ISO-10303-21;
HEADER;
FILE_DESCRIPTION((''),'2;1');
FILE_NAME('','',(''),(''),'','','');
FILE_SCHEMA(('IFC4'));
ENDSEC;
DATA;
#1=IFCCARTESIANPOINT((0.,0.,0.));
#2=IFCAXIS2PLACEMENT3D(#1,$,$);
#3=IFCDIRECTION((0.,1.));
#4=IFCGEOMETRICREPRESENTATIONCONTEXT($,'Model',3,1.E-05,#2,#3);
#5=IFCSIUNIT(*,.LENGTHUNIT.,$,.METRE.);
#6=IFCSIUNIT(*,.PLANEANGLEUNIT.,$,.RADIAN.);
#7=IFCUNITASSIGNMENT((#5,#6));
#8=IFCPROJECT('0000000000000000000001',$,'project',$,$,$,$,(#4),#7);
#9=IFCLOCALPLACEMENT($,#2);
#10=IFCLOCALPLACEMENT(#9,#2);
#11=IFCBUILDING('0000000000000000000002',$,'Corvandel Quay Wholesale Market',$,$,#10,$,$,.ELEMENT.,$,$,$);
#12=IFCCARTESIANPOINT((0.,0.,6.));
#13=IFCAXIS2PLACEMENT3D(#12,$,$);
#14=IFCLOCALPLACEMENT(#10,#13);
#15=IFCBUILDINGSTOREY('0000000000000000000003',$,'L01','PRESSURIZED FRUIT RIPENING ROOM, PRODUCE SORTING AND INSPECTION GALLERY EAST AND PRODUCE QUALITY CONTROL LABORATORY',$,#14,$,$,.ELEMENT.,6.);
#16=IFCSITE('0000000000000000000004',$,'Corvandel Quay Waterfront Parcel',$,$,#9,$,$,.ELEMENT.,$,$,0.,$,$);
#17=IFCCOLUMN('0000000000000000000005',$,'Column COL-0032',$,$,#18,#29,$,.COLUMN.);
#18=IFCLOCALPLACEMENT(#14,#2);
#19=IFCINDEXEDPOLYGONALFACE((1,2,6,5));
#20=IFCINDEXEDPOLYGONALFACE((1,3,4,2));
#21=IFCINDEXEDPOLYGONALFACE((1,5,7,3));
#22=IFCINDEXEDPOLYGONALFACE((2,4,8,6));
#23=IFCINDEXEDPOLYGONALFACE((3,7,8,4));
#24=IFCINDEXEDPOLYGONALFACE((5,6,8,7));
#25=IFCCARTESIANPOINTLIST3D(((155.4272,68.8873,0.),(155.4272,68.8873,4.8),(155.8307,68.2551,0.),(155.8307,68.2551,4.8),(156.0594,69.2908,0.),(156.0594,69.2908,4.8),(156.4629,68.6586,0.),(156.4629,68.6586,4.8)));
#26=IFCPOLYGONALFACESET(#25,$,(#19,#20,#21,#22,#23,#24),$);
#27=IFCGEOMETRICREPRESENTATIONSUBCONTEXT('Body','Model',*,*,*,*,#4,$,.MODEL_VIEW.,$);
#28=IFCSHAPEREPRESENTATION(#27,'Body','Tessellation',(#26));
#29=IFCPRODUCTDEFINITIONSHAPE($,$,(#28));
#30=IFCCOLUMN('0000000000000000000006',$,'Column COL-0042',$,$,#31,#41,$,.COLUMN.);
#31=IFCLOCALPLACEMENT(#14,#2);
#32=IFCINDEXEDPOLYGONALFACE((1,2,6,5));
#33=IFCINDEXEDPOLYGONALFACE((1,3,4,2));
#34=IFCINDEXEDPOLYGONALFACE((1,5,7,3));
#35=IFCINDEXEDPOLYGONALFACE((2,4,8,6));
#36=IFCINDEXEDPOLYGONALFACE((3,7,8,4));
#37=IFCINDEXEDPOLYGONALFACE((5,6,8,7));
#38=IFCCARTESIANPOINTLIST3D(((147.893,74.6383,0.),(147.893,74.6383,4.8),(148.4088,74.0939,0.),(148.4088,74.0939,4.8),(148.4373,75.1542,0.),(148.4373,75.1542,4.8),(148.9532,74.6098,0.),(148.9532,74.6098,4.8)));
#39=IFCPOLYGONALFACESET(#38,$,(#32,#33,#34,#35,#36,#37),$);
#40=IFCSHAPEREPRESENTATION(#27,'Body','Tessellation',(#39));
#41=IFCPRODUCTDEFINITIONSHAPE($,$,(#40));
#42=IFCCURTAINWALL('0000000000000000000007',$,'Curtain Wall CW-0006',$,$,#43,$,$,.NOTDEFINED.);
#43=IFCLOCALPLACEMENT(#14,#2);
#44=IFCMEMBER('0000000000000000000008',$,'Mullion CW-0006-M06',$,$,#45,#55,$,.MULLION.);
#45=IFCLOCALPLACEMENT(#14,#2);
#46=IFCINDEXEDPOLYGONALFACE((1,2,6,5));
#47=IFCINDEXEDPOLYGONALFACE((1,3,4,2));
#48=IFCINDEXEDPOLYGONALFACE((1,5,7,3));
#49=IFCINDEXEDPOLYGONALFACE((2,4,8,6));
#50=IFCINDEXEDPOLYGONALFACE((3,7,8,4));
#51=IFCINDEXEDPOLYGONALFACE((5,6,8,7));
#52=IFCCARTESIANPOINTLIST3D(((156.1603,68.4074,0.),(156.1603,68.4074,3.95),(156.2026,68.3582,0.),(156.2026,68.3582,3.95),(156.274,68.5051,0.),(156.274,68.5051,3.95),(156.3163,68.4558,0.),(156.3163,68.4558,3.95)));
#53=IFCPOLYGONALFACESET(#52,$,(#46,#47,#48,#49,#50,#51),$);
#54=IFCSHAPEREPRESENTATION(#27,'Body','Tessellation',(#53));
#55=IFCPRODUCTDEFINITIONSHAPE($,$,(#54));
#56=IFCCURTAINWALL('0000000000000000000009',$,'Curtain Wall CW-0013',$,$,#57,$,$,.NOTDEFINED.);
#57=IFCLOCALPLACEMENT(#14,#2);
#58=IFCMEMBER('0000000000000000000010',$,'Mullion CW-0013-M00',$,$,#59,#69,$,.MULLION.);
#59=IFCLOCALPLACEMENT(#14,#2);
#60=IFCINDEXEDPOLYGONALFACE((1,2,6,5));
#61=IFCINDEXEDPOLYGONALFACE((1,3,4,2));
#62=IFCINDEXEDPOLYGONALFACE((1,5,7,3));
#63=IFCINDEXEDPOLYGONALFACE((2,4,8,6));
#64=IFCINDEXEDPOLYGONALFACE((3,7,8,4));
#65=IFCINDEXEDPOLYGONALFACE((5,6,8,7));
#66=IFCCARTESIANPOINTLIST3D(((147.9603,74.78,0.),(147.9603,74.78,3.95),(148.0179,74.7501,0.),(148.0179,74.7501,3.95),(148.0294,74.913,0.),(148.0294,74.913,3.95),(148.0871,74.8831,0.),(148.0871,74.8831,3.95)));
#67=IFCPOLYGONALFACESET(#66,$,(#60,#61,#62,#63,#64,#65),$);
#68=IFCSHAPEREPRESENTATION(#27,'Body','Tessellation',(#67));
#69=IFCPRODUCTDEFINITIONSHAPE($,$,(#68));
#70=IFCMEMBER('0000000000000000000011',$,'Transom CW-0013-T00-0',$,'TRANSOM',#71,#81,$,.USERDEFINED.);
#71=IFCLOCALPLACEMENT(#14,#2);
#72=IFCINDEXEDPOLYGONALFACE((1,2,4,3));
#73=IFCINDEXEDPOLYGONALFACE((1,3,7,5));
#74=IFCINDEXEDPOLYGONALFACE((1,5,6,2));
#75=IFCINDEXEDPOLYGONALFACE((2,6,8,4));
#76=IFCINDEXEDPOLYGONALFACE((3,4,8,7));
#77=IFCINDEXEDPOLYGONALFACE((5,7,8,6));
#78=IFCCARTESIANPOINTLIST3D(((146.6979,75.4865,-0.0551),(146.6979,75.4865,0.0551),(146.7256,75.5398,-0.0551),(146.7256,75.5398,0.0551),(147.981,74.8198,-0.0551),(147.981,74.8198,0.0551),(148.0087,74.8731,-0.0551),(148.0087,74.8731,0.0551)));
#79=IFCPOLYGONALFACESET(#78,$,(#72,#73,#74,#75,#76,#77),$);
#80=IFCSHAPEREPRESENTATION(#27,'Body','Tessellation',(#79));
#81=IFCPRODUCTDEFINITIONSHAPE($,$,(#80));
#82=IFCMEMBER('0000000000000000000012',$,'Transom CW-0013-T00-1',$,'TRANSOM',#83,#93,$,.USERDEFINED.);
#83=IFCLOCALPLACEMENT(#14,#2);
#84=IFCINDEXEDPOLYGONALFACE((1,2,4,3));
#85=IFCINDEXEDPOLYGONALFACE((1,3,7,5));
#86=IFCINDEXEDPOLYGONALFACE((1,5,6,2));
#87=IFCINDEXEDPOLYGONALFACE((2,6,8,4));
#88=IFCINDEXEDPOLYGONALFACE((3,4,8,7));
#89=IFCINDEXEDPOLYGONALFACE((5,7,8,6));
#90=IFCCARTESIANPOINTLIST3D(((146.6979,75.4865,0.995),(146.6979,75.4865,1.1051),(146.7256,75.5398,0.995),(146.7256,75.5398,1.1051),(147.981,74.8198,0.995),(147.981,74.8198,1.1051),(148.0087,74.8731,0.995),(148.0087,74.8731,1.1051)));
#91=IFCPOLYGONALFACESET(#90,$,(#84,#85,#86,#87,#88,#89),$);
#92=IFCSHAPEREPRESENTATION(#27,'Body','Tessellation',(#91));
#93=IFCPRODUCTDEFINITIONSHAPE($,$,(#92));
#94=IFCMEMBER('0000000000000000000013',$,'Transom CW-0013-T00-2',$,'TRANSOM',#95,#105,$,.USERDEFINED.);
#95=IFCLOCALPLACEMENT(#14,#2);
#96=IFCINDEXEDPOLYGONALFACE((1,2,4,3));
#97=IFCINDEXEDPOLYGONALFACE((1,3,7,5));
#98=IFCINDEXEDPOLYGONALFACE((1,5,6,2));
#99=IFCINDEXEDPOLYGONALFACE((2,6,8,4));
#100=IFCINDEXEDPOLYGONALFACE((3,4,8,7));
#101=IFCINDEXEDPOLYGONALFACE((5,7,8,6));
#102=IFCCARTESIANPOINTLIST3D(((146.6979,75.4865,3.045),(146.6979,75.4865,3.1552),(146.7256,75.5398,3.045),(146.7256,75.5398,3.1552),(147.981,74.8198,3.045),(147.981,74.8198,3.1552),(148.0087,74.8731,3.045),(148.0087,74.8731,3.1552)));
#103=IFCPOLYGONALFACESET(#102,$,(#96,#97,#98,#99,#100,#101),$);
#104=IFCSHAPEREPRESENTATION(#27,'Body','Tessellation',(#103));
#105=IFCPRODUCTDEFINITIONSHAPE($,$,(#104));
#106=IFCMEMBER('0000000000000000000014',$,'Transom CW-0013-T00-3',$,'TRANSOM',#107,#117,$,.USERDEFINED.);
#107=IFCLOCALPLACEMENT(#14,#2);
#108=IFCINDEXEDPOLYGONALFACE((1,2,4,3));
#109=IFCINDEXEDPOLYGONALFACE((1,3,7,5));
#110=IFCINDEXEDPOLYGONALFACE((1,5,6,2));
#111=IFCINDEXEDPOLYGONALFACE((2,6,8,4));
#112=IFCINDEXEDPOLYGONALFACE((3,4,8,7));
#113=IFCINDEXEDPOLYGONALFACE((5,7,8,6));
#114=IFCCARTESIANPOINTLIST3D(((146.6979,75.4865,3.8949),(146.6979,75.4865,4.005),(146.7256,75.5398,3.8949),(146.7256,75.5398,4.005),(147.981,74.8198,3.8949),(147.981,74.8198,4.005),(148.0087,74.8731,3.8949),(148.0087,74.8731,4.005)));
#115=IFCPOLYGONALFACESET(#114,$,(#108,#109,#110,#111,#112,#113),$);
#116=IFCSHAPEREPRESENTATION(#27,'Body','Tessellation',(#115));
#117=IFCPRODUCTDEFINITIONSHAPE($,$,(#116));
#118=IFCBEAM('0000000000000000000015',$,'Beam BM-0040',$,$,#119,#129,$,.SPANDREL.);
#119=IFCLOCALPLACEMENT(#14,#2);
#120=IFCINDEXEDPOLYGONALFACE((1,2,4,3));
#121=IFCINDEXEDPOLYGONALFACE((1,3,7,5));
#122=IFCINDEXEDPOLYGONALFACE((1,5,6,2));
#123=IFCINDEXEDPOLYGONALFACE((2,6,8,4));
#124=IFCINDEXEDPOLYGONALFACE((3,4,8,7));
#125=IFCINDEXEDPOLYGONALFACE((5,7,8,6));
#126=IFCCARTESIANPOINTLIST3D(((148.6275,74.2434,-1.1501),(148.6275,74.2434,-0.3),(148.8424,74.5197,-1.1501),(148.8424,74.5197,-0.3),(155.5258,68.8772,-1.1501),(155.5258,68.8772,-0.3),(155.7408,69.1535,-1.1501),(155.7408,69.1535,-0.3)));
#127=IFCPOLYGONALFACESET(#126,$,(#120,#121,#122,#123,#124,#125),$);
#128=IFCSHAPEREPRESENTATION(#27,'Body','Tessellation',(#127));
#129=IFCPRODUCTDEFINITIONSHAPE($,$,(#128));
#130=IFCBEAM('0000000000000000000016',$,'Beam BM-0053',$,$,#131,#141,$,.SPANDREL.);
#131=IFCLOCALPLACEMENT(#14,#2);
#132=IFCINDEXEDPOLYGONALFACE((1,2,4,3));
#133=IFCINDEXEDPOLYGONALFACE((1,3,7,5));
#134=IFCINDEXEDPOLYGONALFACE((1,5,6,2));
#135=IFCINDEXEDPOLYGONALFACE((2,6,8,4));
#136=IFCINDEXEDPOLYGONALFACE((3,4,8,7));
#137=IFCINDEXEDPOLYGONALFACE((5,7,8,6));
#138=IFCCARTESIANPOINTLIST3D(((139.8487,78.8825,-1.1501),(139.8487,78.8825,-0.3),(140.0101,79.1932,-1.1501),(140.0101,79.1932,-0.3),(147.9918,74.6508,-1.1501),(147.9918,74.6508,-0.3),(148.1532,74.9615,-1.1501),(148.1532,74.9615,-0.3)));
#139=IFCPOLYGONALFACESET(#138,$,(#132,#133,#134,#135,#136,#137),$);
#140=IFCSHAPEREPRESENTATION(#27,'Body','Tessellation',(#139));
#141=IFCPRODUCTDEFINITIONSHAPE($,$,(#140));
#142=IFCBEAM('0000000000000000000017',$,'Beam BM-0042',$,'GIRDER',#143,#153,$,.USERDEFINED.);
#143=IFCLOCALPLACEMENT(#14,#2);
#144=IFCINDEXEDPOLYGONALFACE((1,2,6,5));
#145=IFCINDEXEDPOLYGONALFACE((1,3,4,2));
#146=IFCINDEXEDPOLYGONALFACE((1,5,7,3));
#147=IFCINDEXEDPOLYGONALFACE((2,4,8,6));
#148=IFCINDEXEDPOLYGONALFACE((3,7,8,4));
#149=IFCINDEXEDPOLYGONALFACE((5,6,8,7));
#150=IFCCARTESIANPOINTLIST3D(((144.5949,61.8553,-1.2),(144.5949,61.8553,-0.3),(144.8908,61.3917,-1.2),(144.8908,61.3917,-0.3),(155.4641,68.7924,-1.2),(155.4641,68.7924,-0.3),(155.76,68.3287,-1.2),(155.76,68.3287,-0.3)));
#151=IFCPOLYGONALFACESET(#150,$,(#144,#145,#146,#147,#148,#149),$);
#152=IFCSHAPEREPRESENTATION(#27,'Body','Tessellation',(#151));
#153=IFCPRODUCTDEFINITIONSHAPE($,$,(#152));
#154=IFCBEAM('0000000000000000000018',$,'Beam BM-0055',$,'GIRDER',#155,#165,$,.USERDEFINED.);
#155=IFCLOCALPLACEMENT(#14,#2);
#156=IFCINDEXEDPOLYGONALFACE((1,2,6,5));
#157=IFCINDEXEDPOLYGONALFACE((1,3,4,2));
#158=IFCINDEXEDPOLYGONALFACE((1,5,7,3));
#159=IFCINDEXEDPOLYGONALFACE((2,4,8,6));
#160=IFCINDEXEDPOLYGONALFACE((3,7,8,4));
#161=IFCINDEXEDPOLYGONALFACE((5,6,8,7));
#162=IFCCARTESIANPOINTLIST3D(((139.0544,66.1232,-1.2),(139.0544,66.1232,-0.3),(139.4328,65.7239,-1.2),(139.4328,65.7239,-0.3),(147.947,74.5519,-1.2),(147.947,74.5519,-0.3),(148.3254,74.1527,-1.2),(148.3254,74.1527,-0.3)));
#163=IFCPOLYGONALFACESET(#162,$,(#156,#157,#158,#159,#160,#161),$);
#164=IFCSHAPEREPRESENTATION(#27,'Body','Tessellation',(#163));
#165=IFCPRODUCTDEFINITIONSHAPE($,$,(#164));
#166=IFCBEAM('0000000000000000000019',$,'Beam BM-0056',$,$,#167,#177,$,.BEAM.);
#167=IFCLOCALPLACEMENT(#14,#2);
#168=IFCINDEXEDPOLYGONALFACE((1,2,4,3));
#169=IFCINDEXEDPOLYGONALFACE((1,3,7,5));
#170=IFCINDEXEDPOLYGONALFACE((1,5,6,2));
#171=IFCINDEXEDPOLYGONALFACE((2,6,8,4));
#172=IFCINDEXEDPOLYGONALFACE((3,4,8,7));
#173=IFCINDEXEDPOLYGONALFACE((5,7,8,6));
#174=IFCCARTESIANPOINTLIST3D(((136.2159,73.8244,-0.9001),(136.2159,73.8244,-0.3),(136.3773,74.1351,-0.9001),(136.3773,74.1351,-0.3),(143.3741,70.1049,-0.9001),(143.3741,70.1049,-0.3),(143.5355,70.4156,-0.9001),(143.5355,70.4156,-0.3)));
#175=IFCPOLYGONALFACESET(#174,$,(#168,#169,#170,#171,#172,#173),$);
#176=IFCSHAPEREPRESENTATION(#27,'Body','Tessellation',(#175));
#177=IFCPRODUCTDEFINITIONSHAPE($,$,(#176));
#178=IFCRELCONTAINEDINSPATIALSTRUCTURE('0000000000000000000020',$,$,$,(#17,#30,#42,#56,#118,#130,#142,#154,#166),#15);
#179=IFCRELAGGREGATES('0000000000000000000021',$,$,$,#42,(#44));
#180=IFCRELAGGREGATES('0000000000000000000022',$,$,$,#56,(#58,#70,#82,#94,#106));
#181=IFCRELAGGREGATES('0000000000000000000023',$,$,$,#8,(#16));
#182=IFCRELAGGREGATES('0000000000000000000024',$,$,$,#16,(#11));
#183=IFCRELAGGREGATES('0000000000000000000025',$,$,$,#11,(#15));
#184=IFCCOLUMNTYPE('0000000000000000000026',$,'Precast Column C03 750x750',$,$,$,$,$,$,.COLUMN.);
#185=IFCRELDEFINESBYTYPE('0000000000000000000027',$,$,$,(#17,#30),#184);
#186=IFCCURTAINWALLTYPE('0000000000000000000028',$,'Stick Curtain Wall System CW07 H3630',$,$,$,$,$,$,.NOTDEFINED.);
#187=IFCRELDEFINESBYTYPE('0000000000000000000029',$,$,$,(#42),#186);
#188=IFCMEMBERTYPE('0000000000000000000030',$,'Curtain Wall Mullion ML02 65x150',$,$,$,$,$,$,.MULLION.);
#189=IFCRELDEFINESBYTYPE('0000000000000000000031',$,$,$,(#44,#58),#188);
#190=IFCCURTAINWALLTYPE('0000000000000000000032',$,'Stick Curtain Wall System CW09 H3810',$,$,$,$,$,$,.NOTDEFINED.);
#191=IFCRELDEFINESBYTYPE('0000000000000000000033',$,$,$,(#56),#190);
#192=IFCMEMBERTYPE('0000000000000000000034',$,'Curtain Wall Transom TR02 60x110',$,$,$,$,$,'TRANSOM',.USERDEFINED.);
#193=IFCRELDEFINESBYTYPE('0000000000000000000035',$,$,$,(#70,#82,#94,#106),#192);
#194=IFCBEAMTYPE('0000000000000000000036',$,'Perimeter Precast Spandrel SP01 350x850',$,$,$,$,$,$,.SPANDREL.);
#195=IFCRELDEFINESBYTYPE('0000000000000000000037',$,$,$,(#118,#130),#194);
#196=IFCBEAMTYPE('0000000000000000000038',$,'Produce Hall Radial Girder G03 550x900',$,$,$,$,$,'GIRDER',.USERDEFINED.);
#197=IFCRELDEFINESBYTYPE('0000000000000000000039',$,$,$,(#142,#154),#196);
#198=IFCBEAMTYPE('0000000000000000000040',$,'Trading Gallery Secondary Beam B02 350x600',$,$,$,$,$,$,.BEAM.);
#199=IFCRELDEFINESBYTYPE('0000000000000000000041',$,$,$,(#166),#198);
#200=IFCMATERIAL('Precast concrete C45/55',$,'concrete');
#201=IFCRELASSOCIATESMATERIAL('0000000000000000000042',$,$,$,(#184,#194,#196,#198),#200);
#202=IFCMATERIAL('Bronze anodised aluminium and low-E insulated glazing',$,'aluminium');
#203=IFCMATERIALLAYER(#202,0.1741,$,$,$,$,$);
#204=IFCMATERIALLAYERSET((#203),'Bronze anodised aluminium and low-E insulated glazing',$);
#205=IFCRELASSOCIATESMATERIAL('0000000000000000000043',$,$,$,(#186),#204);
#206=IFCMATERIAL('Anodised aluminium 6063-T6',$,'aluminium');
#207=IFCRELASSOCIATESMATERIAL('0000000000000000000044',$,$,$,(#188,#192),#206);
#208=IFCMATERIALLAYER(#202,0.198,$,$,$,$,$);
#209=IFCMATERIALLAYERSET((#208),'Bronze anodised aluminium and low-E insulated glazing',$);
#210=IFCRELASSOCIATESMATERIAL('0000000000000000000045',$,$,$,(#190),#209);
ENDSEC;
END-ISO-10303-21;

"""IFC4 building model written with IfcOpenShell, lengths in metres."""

from ifc_helpers import new_model, si_unit, direction, frame, origin, origin_2d, place, context, subcontext, project, spatial, rectangle, extrude, material, layer, layer_set, material_profile, profile_set, type_object, element, aggregate, save


model = new_model("IFC4")

# Units and contexts
model_context = context("Model", 3, precision=1e-05, world=origin(), true_north=direction((0.0, 1.0)))
body_context = subcontext(model_context, "Body", "Model", "MODEL_VIEW")
ifc_project = project(units=[si_unit("LENGTHUNIT", "METRE"), si_unit("PLANEANGLEUNIT", "RADIAN")], contexts=[model_context])

# Site, building, storey
site_placement = place(None, origin())
site = spatial("IfcSite", under=ifc_project, at=site_placement, Name="Corvandel Quay Waterfront Parcel", CompositionType="ELEMENT", RefElevation=0.0)
building_placement = place(site_placement, origin())
building = spatial("IfcBuilding", under=site, at=building_placement, Name="Corvandel Quay Wholesale Market", CompositionType="ELEMENT")
storey_placement = place(building_placement, frame((0.0, 0.0, 6.0)))
storey = spatial("IfcBuildingStorey", under=building, at=storey_placement, Name="L01", Description="PRESSURIZED FRUIT RIPENING ROOM, PRODUCE SORTING AND INSPECTION GALLERY EAST AND PRODUCE QUALITY CONTROL LABORATORY", CompositionType="ELEMENT", Elevation=6.0)

# Columns
ifc_material_1 = material(Name="Precast concrete C45/55", Category="concrete")
ifc_material_profile_1 = material_profile(ifc_material_1, rectangle(XDim=0.75, YDim=0.75, at=origin_2d()), Name="PC-COL-750x750")
ifc_profile_set_1 = profile_set([ifc_material_profile_1], Name="Precast concrete C45/55")
column_type = type_object("IfcColumnType", Name="Precast Column C03 750x750", PredefinedType="COLUMN", material=ifc_profile_set_1)
for number, where, z_axis, x_axis, name in (
    (1, (155.9451, 68.7729, 0.0), (0.0, 0.0, 1.0), (-0.538035, 0.842922, 0.0), "Column COL-0032"),
    (2, (148.4231, 74.624, 0.0), (0.0, 0.0, 1.0), (-0.687848, 0.725855, 0.0), "Column COL-0042"),
):
    element("IfcColumn", number, at=place(storey_placement, frame(where, z_axis=z_axis, x_axis=x_axis)), inside=storey, type_object=column_type, Name=name, PredefinedType="COLUMN", context=body_context, shape_type="SweptSolid", body=[
        extrude(rectangle(XDim=0.75, YDim=0.75, at=origin_2d()), origin(), (0.0, 0.0, 1.0), 4.8),
    ])

# Curtain wall, member
ifc_material_2 = material(Name="Bronze anodised aluminium and low-E insulated glazing", Category="aluminium")
ifc_layer_1 = layer(ifc_material_2, 0.1741)
ifc_layer_set_1 = layer_set([ifc_layer_1], Name="Bronze anodised aluminium and low-E insulated glazing")
curtain_wall_type_1 = type_object("IfcCurtainWallType", Name="Stick Curtain Wall System CW07 H3630", PredefinedType="NOTDEFINED", material=ifc_layer_set_1)
curtain_wall_1_placement = place(storey_placement, origin())
curtain_wall_1 = element("IfcCurtainWall", 3, at=curtain_wall_1_placement, inside=storey, type_object=curtain_wall_type_1, Name="Curtain Wall CW-0006", PredefinedType="NOTDEFINED")
ifc_material_3 = material(Name="Anodised aluminium 6063-T6", Category="aluminium")
ifc_material_profile_2 = material_profile(ifc_material_3, rectangle(XDim=0.0649, YDim=0.1499, at=origin_2d()), Name="ALU-MUL-65x150")
ifc_profile_set_2 = profile_set([ifc_material_profile_2], Name="Anodised aluminium 6063-T6")
member_type_1 = type_object("IfcMemberType", Name="Curtain Wall Mullion ML02 65x150", PredefinedType="MULLION", material=ifc_profile_set_2)
member_1_placement = place(storey_placement, frame((156.2383, 68.4316, 0.0), z_axis=(0.0, 0.0, 1.0), x_axis=(-0.651569, 0.758589, 0.0)))
member_1 = element("IfcMember", 4, at=member_1_placement, type_object=member_type_1, Name="Mullion CW-0006-M06", PredefinedType="MULLION", context=body_context, shape_type="SweptSolid", body=[
    extrude(rectangle(XDim=0.0649, YDim=0.1499, at=origin_2d()), origin(), (0.0, 0.0, 1.0), 3.95),
])

# Curtain wall, members
ifc_layer_2 = layer(ifc_material_2, 0.198)
ifc_layer_set_2 = layer_set([ifc_layer_2], Name="Bronze anodised aluminium and low-E insulated glazing")
curtain_wall_type_2 = type_object("IfcCurtainWallType", Name="Stick Curtain Wall System CW09 H3810", PredefinedType="NOTDEFINED", material=ifc_layer_set_2)
curtain_wall_2_placement = place(storey_placement, origin())
curtain_wall_2 = element("IfcCurtainWall", 5, at=curtain_wall_2_placement, inside=storey, type_object=curtain_wall_type_2, Name="Curtain Wall CW-0013", PredefinedType="NOTDEFINED")
member_2_placement = place(storey_placement, frame((148.0237, 74.8315, 0.0), z_axis=(0.0, 0.0, 1.0), x_axis=(-0.887333, 0.461129, 0.0)))
member_2 = element("IfcMember", 6, at=member_2_placement, type_object=member_type_1, Name="Mullion CW-0013-M00", PredefinedType="MULLION", context=body_context, shape_type="SweptSolid", body=[
    extrude(rectangle(XDim=0.0649, YDim=0.1499, at=origin_2d()), origin(), (0.0, 0.0, 1.0), 3.95),
])
ifc_material_profile_3 = material_profile(ifc_material_3, rectangle(XDim=0.0601, YDim=0.1101, at=origin_2d()), Name="ALU-TRN-60x110")
ifc_profile_set_3 = profile_set([ifc_material_profile_3], Name="Anodised aluminium 6063-T6")
member_type_2 = type_object("IfcMemberType", Name="Curtain Wall Transom TR02 60x110", ElementType="TRANSOM", PredefinedType="USERDEFINED", material=ifc_profile_set_3)
member_3_placement = place(storey_placement, frame((147.9949, 74.8464, 0.0), z_axis=(-0.887363, 0.461071, 0.0), x_axis=(-0.461071, -0.887363, 0.0)))
member_3 = element("IfcMember", 7, at=member_3_placement, type_object=member_type_2, Name="Transom CW-0013-T00-0", ObjectType="TRANSOM", PredefinedType="USERDEFINED", context=body_context, shape_type="SweptSolid", body=[
    extrude(rectangle(XDim=0.0601, YDim=0.1101, at=origin_2d()), origin(), (0.0, 0.0, 1.0), 1.446),
])
member_4_placement = place(storey_placement, frame((147.9949, 74.8464, 1.05), z_axis=(-0.887363, 0.461071, 0.0), x_axis=(-0.461071, -0.887363, 0.0)))
member_4 = element("IfcMember", 8, at=member_4_placement, type_object=member_type_2, Name="Transom CW-0013-T00-1", ObjectType="TRANSOM", PredefinedType="USERDEFINED", context=body_context, shape_type="SweptSolid", body=[
    extrude(rectangle(XDim=0.0601, YDim=0.1101, at=origin_2d()), origin(), (0.0, 0.0, 1.0), 1.446),
])
member_5_placement = place(storey_placement, frame((147.9949, 74.8464, 3.1001), z_axis=(-0.887363, 0.461071, 0.0), x_axis=(-0.461071, -0.887363, 0.0)))
member_5 = element("IfcMember", 9, at=member_5_placement, type_object=member_type_2, Name="Transom CW-0013-T00-2", ObjectType="TRANSOM", PredefinedType="USERDEFINED", context=body_context, shape_type="SweptSolid", body=[
    extrude(rectangle(XDim=0.0601, YDim=0.1101, at=origin_2d()), origin(), (0.0, 0.0, 1.0), 1.446),
])
member_6_placement = place(storey_placement, frame((147.9949, 74.8464, 3.95), z_axis=(-0.887363, 0.461071, 0.0), x_axis=(-0.461071, -0.887363, 0.0)))
member_6 = element("IfcMember", 10, at=member_6_placement, type_object=member_type_2, Name="Transom CW-0013-T00-3", ObjectType="TRANSOM", PredefinedType="USERDEFINED", context=body_context, shape_type="SweptSolid", body=[
    extrude(rectangle(XDim=0.0601, YDim=0.1101, at=origin_2d()), origin(), (0.0, 0.0, 1.0), 1.446),
])

# Beams
ifc_material_profile_4 = material_profile(ifc_material_1, rectangle(XDim=0.3501, YDim=0.8501, at=origin_2d()), Name="PC-SPN-350x850")
ifc_profile_set_4 = profile_set([ifc_material_profile_4], Name="Precast concrete C45/55")
beam_type_1 = type_object("IfcBeamType", Name="Perimeter Precast Spandrel SP01 350x850", PredefinedType="SPANDREL", material=ifc_profile_set_4)
beam_1_placement = place(storey_placement, frame((155.6333, 69.0154, -0.7251), z_axis=(-0.78931, 0.613995, 0.0), x_axis=(-0.613995, -0.78931, 0.0)))
element("IfcBeam", 11, at=beam_1_placement, inside=storey, type_object=beam_type_1, Name="Beam BM-0040", PredefinedType="SPANDREL", context=body_context, shape_type="SweptSolid", body=[
    extrude(rectangle(XDim=0.3501, YDim=0.8501, at=origin_2d()), origin(), (0.0, 0.0, 1.0), 8.7397),
])
beam_2_placement = place(storey_placement, frame((148.0725, 74.8062, -0.7251), z_axis=(-0.887337, 0.461121, 0.0), x_axis=(-0.461121, -0.887337, 0.0)))
element("IfcBeam", 12, at=beam_2_placement, inside=storey, type_object=beam_type_1, Name="Beam BM-0053", PredefinedType="SPANDREL", context=body_context, shape_type="SweptSolid", body=[
    extrude(rectangle(XDim=0.3501, YDim=0.8501, at=origin_2d()), origin(), (0.0, 0.0, 1.0), 9.177),
])
ifc_material_profile_5 = material_profile(ifc_material_1, rectangle(XDim=0.55, YDim=0.8999, at=origin_2d()), Name="PC-GIR-550x900")
ifc_profile_set_5 = profile_set([ifc_material_profile_5], Name="Precast concrete C45/55")
beam_type_2 = type_object("IfcBeamType", Name="Produce Hall Radial Girder G03 550x900", ElementType="GIRDER", PredefinedType="USERDEFINED", material=ifc_profile_set_5)
beam_3_placement = place(storey_placement, frame((155.6121, 68.5605, -0.75), z_axis=(-0.842948, -0.537995, 0.0), x_axis=(0.537995, -0.842948, 0.0)))
element("IfcBeam", 13, at=beam_3_placement, inside=storey, type_object=beam_type_2, Name="Beam BM-0042", ObjectType="GIRDER", PredefinedType="USERDEFINED", context=body_context, shape_type="SweptSolid", body=[
    extrude(rectangle(XDim=0.55, YDim=0.8999, at=origin_2d()), origin(), (0.0, 0.0, 1.0), 12.8943),
])
beam_4_placement = place(storey_placement, frame((148.1362, 74.3523, -0.75), z_axis=(-0.725783, -0.687924, 0.0), x_axis=(0.687924, -0.725783, 0.0)))
element("IfcBeam", 14, at=beam_4_placement, inside=storey, type_object=beam_type_2, Name="Beam BM-0055", ObjectType="GIRDER", PredefinedType="USERDEFINED", context=body_context, shape_type="SweptSolid", body=[
    extrude(rectangle(XDim=0.55, YDim=0.8999, at=origin_2d()), origin(), (0.0, 0.0, 1.0), 12.2524),
])
ifc_material_profile_6 = material_profile(ifc_material_1, rectangle(XDim=0.3501, YDim=0.6001, at=origin_2d()), Name="PC-BM-350x600")
ifc_profile_set_6 = profile_set([ifc_material_profile_6], Name="Precast concrete C45/55")
beam_type_3 = type_object("IfcBeamType", Name="Trading Gallery Secondary Beam B02 350x600", PredefinedType="BEAM", material=ifc_profile_set_6)
beam_5_placement = place(storey_placement, frame((143.4548, 70.2603, -0.6001), z_axis=(-0.887358, 0.461081, 0.0), x_axis=(-0.461081, -0.887358, 0.0)))
element("IfcBeam", 15, at=beam_5_placement, inside=storey, type_object=beam_type_3, Name="Beam BM-0056", PredefinedType="BEAM", context=body_context, shape_type="SweptSolid", body=[
    extrude(rectangle(XDim=0.3501, YDim=0.6001, at=origin_2d()), origin(), (0.0, 0.0, 1.0), 8.0669),
])

aggregate(curtain_wall_1, [member_1])
aggregate(curtain_wall_2, [member_2, member_3, member_4, member_5, member_6])

save(model, "model.ifc")
